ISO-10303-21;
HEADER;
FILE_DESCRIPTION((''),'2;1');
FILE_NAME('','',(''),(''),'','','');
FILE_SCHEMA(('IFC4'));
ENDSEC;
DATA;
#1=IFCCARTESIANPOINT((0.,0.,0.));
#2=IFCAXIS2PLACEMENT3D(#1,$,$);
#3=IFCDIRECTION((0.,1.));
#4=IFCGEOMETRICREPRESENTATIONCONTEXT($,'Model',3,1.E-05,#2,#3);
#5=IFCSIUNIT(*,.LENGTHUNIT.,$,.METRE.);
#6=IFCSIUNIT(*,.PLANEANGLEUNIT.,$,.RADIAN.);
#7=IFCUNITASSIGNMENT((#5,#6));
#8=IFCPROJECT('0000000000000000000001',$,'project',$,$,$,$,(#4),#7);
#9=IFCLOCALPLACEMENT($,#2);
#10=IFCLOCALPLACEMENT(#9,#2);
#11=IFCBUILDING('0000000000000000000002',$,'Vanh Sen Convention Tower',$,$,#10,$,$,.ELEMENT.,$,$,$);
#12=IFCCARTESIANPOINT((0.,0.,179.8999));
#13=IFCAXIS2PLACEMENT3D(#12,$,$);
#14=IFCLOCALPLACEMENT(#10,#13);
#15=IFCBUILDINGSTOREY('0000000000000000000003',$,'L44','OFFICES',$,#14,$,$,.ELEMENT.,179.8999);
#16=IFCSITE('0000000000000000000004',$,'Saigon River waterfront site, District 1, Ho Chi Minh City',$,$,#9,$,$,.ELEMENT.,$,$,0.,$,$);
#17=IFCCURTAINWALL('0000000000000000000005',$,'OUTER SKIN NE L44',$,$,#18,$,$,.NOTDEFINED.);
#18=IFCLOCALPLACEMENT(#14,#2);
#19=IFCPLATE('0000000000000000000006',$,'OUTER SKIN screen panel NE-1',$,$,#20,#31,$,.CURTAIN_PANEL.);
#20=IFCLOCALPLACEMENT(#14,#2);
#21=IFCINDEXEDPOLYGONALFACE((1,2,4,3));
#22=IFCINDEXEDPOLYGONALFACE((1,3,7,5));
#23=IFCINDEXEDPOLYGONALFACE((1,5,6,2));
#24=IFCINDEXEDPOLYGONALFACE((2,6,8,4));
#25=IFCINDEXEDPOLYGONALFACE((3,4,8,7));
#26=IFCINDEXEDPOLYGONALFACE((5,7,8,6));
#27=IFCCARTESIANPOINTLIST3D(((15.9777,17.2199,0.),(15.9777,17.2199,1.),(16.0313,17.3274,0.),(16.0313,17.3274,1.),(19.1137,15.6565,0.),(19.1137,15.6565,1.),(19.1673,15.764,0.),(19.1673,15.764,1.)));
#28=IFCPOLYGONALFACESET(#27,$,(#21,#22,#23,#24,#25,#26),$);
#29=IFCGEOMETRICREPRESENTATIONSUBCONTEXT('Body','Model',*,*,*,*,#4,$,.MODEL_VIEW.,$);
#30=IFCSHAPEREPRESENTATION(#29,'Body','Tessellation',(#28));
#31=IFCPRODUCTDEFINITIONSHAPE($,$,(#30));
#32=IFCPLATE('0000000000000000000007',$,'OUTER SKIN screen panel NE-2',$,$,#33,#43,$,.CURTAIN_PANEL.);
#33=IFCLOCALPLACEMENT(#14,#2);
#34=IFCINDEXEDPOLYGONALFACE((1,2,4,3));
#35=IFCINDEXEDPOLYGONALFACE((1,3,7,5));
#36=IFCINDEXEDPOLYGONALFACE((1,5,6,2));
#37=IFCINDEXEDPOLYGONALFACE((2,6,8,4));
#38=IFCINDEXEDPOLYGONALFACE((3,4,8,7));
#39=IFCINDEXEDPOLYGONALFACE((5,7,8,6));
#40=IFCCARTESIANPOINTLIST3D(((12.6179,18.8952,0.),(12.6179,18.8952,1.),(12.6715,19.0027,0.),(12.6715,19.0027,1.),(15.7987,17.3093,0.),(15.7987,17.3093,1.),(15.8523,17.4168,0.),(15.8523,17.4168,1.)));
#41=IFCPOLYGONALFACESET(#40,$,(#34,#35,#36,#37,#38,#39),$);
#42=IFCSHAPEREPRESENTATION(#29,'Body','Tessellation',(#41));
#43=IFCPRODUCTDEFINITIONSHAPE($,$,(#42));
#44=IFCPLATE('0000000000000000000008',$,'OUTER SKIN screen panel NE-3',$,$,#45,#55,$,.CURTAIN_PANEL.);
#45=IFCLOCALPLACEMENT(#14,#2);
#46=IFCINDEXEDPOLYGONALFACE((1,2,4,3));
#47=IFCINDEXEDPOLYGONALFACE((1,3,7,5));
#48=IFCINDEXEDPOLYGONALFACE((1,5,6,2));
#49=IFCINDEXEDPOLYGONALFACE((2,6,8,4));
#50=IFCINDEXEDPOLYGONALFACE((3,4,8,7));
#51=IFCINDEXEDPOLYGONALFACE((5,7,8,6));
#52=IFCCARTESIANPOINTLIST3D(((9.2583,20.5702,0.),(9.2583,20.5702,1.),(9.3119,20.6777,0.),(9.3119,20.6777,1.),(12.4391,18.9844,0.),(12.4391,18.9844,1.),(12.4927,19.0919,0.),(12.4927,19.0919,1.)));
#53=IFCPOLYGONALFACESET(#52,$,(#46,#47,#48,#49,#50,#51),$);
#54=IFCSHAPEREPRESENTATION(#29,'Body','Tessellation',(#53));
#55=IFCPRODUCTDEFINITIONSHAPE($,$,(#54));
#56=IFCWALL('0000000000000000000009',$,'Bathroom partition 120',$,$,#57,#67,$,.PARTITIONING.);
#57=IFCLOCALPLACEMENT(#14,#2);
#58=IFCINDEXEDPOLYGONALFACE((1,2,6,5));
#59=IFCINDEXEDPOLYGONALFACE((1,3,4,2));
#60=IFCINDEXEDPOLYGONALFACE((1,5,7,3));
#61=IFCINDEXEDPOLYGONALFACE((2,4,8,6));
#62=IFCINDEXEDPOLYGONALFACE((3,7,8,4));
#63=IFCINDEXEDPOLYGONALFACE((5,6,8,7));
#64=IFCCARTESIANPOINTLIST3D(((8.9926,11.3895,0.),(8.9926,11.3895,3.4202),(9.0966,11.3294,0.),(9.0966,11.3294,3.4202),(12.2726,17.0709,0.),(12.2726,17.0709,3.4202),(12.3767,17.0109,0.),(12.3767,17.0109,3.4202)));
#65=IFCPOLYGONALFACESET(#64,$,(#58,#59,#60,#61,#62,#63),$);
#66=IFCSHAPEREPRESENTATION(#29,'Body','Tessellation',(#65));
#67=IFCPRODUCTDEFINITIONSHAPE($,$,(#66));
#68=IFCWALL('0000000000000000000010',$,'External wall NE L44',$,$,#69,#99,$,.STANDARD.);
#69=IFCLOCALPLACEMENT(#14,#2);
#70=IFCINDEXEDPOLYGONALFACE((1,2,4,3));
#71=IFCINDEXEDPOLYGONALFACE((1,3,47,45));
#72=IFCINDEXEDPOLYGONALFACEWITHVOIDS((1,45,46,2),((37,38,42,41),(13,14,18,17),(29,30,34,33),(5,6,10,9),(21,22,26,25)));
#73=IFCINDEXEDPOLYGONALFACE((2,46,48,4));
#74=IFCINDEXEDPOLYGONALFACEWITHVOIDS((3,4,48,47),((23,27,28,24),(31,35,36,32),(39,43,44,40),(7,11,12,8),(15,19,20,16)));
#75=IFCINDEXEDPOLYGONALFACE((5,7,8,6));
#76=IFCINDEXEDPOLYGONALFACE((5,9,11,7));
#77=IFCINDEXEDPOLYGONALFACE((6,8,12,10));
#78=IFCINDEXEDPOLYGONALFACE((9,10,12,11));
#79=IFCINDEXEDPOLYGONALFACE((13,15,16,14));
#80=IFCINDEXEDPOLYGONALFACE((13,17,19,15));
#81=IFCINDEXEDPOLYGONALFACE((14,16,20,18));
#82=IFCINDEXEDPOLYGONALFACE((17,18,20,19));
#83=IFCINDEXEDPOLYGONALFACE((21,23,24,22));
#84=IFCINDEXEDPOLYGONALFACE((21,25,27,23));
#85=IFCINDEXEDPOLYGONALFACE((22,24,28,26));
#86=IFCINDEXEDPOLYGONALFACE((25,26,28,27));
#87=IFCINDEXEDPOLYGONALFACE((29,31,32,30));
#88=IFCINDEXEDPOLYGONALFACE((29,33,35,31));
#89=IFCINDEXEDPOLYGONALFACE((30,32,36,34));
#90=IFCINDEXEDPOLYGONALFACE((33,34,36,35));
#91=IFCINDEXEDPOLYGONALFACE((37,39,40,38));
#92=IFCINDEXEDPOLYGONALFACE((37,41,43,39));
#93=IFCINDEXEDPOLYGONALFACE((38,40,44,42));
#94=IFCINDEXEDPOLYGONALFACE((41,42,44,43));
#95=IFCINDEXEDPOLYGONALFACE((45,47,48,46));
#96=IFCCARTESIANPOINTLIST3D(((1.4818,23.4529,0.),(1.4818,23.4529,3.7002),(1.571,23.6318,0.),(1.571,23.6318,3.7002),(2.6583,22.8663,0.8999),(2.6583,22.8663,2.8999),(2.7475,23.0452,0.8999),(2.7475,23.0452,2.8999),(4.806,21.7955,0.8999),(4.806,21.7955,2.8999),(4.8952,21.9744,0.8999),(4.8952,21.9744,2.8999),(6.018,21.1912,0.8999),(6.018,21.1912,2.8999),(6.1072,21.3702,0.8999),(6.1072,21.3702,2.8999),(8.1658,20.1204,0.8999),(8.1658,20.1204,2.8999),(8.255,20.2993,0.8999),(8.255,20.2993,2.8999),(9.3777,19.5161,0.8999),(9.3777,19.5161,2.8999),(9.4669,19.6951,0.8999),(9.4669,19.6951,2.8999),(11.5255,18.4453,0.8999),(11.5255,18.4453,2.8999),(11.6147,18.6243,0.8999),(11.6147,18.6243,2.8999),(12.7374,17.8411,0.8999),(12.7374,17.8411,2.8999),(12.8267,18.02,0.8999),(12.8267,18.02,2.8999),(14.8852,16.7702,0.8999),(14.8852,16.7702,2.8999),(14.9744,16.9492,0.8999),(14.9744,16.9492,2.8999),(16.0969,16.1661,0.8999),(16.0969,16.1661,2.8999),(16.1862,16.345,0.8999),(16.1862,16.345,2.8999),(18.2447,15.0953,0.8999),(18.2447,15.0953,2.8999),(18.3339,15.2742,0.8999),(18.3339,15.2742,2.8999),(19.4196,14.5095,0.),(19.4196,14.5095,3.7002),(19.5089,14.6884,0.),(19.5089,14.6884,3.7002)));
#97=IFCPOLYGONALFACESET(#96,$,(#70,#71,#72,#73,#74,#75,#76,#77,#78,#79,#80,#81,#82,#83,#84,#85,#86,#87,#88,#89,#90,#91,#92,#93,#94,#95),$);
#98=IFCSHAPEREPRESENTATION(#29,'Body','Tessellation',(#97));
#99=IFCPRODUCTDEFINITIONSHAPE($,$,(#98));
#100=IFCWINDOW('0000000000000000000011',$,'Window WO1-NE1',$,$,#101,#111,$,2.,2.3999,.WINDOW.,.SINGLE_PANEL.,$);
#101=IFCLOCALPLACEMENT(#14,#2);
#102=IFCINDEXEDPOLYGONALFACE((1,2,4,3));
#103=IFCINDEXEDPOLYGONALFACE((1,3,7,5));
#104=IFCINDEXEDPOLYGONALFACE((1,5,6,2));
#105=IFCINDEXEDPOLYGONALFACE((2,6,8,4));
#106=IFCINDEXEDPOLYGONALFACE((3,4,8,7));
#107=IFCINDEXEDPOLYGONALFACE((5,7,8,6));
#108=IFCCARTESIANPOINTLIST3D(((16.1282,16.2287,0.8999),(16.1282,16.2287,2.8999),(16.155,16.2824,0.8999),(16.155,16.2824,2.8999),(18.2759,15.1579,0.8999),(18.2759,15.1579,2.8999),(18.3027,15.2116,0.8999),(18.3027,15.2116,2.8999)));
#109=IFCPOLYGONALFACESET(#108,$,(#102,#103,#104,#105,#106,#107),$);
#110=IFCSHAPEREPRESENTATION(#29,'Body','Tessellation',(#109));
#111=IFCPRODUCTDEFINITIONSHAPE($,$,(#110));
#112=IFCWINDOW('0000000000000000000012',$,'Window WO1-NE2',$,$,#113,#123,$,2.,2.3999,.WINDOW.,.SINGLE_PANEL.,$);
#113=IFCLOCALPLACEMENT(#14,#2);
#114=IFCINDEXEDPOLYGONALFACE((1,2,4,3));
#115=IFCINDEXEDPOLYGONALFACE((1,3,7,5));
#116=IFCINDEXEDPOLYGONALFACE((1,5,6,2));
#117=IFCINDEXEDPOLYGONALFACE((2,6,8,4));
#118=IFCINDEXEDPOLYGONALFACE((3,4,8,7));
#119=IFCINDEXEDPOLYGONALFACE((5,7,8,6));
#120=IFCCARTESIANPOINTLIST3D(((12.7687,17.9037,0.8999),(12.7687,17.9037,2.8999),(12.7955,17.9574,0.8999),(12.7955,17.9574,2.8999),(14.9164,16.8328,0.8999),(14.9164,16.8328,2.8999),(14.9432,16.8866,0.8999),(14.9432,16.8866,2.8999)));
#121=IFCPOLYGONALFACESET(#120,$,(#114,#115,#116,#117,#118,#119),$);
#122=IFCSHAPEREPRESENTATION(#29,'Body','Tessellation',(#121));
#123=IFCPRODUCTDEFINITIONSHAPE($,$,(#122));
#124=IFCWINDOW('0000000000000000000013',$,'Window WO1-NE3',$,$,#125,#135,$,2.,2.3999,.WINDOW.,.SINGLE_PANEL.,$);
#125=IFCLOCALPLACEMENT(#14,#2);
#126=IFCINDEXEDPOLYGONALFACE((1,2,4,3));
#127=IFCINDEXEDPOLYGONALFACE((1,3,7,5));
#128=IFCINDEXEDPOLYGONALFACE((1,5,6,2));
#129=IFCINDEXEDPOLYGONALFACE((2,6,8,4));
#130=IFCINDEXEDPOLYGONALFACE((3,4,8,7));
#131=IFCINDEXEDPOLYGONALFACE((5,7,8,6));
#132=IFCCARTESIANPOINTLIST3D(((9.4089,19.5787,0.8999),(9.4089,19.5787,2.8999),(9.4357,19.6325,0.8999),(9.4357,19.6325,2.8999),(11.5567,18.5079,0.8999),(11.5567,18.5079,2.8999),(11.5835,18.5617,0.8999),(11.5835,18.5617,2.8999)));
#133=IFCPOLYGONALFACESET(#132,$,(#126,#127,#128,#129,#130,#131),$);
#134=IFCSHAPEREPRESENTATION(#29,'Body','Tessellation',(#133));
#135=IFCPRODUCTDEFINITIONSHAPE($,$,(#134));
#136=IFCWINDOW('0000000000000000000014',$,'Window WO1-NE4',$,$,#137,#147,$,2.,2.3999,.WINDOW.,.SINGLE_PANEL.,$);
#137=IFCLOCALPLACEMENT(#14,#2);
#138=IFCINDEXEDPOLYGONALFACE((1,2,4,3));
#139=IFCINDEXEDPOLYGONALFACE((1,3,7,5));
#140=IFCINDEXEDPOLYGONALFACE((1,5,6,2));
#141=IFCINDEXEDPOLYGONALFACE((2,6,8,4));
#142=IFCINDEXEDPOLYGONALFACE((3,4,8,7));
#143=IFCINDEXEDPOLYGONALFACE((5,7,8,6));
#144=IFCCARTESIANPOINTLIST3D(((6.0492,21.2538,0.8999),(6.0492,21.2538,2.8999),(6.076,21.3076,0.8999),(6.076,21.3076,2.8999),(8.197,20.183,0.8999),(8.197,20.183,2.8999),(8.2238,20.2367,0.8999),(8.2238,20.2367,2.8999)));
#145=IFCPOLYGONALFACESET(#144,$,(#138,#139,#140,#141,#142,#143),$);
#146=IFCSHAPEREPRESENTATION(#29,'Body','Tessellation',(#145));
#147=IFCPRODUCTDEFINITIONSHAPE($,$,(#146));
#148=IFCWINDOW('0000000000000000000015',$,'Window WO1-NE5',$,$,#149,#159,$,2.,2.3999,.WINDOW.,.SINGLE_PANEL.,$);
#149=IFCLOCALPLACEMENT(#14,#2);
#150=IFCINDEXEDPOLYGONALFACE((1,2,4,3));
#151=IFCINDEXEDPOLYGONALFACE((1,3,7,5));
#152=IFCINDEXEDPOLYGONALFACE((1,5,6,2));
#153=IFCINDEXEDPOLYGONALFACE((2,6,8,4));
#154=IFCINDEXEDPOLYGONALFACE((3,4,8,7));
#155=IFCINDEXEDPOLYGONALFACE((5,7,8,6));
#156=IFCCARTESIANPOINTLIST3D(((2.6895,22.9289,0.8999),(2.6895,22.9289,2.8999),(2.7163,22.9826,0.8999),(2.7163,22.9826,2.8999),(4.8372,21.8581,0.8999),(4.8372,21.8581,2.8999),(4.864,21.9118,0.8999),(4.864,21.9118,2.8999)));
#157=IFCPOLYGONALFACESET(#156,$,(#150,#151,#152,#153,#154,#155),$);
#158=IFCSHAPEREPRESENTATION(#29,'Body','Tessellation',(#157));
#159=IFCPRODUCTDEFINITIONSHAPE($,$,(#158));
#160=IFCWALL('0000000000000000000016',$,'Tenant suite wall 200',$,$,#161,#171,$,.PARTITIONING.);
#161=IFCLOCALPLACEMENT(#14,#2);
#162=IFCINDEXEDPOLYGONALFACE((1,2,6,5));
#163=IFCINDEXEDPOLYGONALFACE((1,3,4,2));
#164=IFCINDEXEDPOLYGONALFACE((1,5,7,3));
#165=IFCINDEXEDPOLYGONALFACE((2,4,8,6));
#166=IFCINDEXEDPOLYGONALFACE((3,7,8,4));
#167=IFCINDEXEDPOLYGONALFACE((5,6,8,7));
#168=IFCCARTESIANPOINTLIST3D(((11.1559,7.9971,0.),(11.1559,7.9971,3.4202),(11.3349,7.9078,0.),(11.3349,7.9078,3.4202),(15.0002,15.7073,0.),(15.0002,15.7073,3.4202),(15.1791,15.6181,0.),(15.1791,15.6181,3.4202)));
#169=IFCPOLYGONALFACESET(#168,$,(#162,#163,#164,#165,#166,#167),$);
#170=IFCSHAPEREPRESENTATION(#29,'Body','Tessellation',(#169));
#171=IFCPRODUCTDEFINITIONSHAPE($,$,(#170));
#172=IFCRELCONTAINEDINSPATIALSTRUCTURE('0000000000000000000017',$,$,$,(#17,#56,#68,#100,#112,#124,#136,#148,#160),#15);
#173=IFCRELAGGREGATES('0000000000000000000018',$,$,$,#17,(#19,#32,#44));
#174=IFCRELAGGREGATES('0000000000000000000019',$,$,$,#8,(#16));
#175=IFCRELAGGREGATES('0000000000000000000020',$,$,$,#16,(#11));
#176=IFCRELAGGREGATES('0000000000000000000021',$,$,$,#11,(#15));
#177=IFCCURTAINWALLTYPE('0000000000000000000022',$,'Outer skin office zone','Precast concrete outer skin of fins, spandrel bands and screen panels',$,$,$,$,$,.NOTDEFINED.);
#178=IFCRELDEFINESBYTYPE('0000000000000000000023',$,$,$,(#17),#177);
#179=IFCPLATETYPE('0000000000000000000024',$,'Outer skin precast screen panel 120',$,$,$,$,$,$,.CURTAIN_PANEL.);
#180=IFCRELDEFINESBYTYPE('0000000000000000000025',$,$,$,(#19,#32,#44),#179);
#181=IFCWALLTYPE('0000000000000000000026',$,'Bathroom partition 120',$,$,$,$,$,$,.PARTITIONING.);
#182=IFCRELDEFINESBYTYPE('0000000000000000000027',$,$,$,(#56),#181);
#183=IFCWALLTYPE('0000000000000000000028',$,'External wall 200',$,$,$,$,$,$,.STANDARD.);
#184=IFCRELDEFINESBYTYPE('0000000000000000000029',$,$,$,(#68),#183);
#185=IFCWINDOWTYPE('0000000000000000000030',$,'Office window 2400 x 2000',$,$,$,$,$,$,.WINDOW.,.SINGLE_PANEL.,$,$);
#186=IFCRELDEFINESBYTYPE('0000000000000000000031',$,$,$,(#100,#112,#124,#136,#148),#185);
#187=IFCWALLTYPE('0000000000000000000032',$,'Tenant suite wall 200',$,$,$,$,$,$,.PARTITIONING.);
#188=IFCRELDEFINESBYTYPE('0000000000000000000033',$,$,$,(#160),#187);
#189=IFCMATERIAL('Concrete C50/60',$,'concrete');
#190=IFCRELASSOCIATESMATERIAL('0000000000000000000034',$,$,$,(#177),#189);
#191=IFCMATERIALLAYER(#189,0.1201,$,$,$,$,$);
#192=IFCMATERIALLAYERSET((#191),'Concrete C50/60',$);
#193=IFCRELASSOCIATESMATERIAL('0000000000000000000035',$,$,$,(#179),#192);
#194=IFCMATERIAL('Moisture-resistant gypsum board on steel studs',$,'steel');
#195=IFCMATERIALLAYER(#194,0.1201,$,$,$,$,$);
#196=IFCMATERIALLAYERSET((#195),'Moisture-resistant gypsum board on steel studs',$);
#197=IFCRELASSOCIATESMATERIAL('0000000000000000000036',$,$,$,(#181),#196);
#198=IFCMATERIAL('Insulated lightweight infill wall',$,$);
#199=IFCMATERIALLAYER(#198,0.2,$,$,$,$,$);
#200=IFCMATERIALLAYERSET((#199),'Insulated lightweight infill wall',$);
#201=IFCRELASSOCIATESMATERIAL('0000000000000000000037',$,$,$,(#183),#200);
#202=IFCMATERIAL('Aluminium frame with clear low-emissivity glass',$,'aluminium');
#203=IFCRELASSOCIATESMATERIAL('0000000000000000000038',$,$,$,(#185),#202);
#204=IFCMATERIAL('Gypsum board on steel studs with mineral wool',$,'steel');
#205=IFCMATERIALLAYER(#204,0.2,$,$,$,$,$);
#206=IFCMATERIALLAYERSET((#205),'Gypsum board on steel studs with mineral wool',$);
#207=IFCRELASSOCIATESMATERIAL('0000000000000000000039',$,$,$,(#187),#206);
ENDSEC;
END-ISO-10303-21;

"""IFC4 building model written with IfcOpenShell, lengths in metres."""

from ifc_helpers import new_model, si_unit, direction, frame, frame_2d, origin, origin_2d, place, context, subcontext, project, spatial, rectangle, extrude, material, layer, layer_set, type_object, element, fill, aggregate, save


model = new_model("IFC4")

# Units and contexts
model_context = context("Model", 3, precision=1e-05, world=origin(), true_north=direction((0.0, 1.0)))
body_context = subcontext(model_context, "Body", "Model", "MODEL_VIEW")
ifc_project = project(units=[si_unit("LENGTHUNIT", "METRE"), si_unit("PLANEANGLEUNIT", "RADIAN")], contexts=[model_context])

# Site, building, storey
site_placement = place(None, origin())
site = spatial("IfcSite", under=ifc_project, at=site_placement, Name="Saigon River waterfront site, District 1, Ho Chi Minh City", CompositionType="ELEMENT", RefElevation=0.0)
building_placement = place(site_placement, origin())
building = spatial("IfcBuilding", under=site, at=building_placement, Name="Vanh Sen Convention Tower", CompositionType="ELEMENT")
storey_placement = place(building_placement, frame((0.0, 0.0, 179.8999)))
storey = spatial("IfcBuildingStorey", under=building, at=storey_placement, Name="L44", Description="OFFICES", CompositionType="ELEMENT", Elevation=179.8999)

# Curtain wall
ifc_material_1 = material(Name="Concrete C50/60", Category="concrete")
curtain_wall_type = type_object("IfcCurtainWallType", Name="Outer skin office zone", Description="Precast concrete outer skin of fins, spandrel bands and screen panels", PredefinedType="NOTDEFINED", material=ifc_material_1)
curtain_wall_1_placement = place(storey_placement, origin())
curtain_wall_1 = element("IfcCurtainWall", 1, at=curtain_wall_1_placement, inside=storey, type_object=curtain_wall_type, Name="OUTER SKIN NE L44", PredefinedType="NOTDEFINED")

# Shared definitions
ifc_layer_1 = layer(ifc_material_1, 0.1201)
ifc_layer_set_1 = layer_set([ifc_layer_1], Name="Concrete C50/60")
plate_type = type_object("IfcPlateType", Name="Outer skin precast screen panel 120", PredefinedType="CURTAIN_PANEL", material=ifc_layer_set_1)

# Plates
plate_1_placement = place(storey_placement, frame((17.5725, 16.4919, 0.0), z_axis=(0.0, 0.0, 1.0), x_axis=(-0.894944, 0.446179, 0.0)))
plate_1 = element("IfcPlate", 2, at=plate_1_placement, type_object=plate_type, Name="OUTER SKIN screen panel NE-1", PredefinedType="CURTAIN_PANEL", context=body_context, shape_type="SweptSolid", body=[
    extrude(rectangle(XDim=3.5042, YDim=0.1201, at=origin_2d()), origin(), (0.0, 0.0, 1.0), 1.0),
])
plate_2_placement = place(storey_placement, frame((14.2351, 18.156, 0.0), z_axis=(0.0, 0.0, 1.0), x_axis=(-0.894933, 0.446201, 0.0)))
plate_2 = element("IfcPlate", 3, at=plate_2_placement, type_object=plate_type, Name="OUTER SKIN screen panel NE-2", PredefinedType="CURTAIN_PANEL", context=body_context, shape_type="SweptSolid", body=[
    extrude(rectangle(XDim=3.5542, YDim=0.1201, at=origin_2d()), origin(), (0.0, 0.0, 1.0), 1.0),
])
plate_3_placement = place(storey_placement, frame((10.8755, 19.8311, 0.0), z_axis=(0.0, 0.0, 1.0), x_axis=(-0.894933, 0.446201, 0.0)))
plate_3 = element("IfcPlate", 4, at=plate_3_placement, type_object=plate_type, Name="OUTER SKIN screen panel NE-3", PredefinedType="CURTAIN_PANEL", context=body_context, shape_type="SweptSolid", body=[
    extrude(rectangle(XDim=3.5542, YDim=0.1201, at=origin_2d()), origin(), (0.0, 0.0, 1.0), 1.0),
])
aggregate(curtain_wall_1, [plate_1, plate_2, plate_3])

# Wall
ifc_material_2 = material(Name="Moisture-resistant gypsum board on steel studs", Category="steel")
ifc_layer_2 = layer(ifc_material_2, 0.1201)
ifc_layer_set_2 = layer_set([ifc_layer_2], Name="Moisture-resistant gypsum board on steel studs")
wall_type_1 = type_object("IfcWallType", Name="Bathroom partition 120", PredefinedType="PARTITIONING", material=ifc_layer_set_2)
wall_1_placement = place(storey_placement, frame((12.3247, 17.041, 0.0), z_axis=(0.0, 0.0, 1.0), x_axis=(-0.499986, -0.866034, 0.0)))
element("IfcWall", 5, at=wall_1_placement, inside=storey, type_object=wall_type_1, Name="Bathroom partition 120", PredefinedType="PARTITIONING", context=body_context, shape_type="SweptSolid", body=[
    extrude(rectangle(XDim=6.5603, YDim=0.1201, at=frame_2d((3.2803, 0.0))), origin(), (0.0, 0.0, 1.0), 3.4202),
])

# Wall, openings, windows
ifc_material_3 = material(Name="Insulated lightweight infill wall")
ifc_layer_3 = layer(ifc_material_3, 0.2)
ifc_layer_set_3 = layer_set([ifc_layer_3], Name="Insulated lightweight infill wall")
wall_type_2 = type_object("IfcWallType", Name="External wall 200", PredefinedType="STANDARD", material=ifc_layer_set_3)
wall_2_placement = place(storey_placement, frame((19.4644, 14.5989, 0.0), z_axis=(0.0, 0.0, 1.0), x_axis=(-0.894936, 0.446195, 0.0)))
wall_2 = element("IfcWall", 6, at=wall_2_placement, inside=storey, type_object=wall_type_2, Name="External wall NE L44", PredefinedType="STANDARD", context=body_context, shape_type="SweptSolid", body=[
    extrude(rectangle(XDim=20.0437, YDim=0.2, at=frame_2d((10.022, 0.0))), origin(), (0.0, 0.0, 1.0), 3.7002),
])
opening_1_placement = place(wall_2_placement, frame((1.313, 0.0, 0.8999)))
opening_1 = element("IfcOpeningElement", 7, at=opening_1_placement, cuts=wall_2, PredefinedType="OPENING", context=body_context, shape_type="SweptSolid", body=[
    extrude(rectangle(XDim=2.3999, YDim=2.0, at=frame_2d((1.2, 1.0))), frame((0.0, 0.1099, 0.0), z_axis=(0.0, -1.0, 0.0), x_axis=(1.0, 0.0, 0.0)), (0.0, 0.0, 1.0), 0.22),
])
opening_2_placement = place(wall_2_placement, frame((5.0669, 0.0, 0.8999)))
opening_2 = element("IfcOpeningElement", 8, at=opening_2_placement, cuts=wall_2, PredefinedType="OPENING", context=body_context, shape_type="SweptSolid", body=[
    extrude(rectangle(XDim=2.3999, YDim=2.0, at=frame_2d((1.2, 1.0))), frame((0.0, 0.1099, 0.0), z_axis=(0.0, -1.0, 0.0), x_axis=(1.0, 0.0, 0.0)), (0.0, 0.0, 1.0), 0.22),
])
opening_3_placement = place(wall_2_placement, frame((8.821, 0.0, 0.8999)))
opening_3 = element("IfcOpeningElement", 9, at=opening_3_placement, cuts=wall_2, PredefinedType="OPENING", context=body_context, shape_type="SweptSolid", body=[
    extrude(rectangle(XDim=2.3999, YDim=2.0, at=frame_2d((1.2, 1.0))), frame((0.0, 0.1099, 0.0), z_axis=(0.0, -1.0, 0.0), x_axis=(1.0, 0.0, 0.0)), (0.0, 0.0, 1.0), 0.22),
])
opening_4_placement = place(wall_2_placement, frame((12.5752, 0.0, 0.8999)))
opening_4 = element("IfcOpeningElement", 10, at=opening_4_placement, cuts=wall_2, PredefinedType="OPENING", context=body_context, shape_type="SweptSolid", body=[
    extrude(rectangle(XDim=2.3999, YDim=2.0, at=frame_2d((1.2, 1.0))), frame((0.0, 0.1099, 0.0), z_axis=(0.0, -1.0, 0.0), x_axis=(1.0, 0.0, 0.0)), (0.0, 0.0, 1.0), 0.22),
])
opening_5_placement = place(wall_2_placement, frame((16.3293, 0.0, 0.8999)))
opening_5 = element("IfcOpeningElement", 11, at=opening_5_placement, cuts=wall_2, PredefinedType="OPENING", context=body_context, shape_type="SweptSolid", body=[
    extrude(rectangle(XDim=2.3999, YDim=2.0, at=frame_2d((1.2, 1.0))), frame((0.0, 0.1099, 0.0), z_axis=(0.0, -1.0, 0.0), x_axis=(1.0, 0.0, 0.0)), (0.0, 0.0, 1.0), 0.22),
])
ifc_material_4 = material(Name="Aluminium frame with clear low-emissivity glass", Category="aluminium")
window_type = type_object("IfcWindowType", Name="Office window 2400 x 2000", PartitioningType="SINGLE_PANEL", PredefinedType="WINDOW", material=ifc_material_4)
window_1_placement = place(opening_1_placement, origin())
window_1 = element("IfcWindow", 12, at=window_1_placement, inside=storey, type_object=window_type, Name="Window WO1-NE1", OverallHeight=2.0, OverallWidth=2.3999, PartitioningType="SINGLE_PANEL", PredefinedType="WINDOW", context=body_context, shape_type="SweptSolid", body=[
    extrude(rectangle(XDim=2.3999, YDim=2.0, at=frame_2d((1.2, 1.0))), frame((0.0, 0.03, 0.0), z_axis=(0.0, -1.0, 0.0), x_axis=(1.0, 0.0, 0.0)), (0.0, 0.0, 1.0), 0.0601),
])
fill(opening_1, window_1)
window_2_placement = place(opening_2_placement, origin())
window_2 = element("IfcWindow", 13, at=window_2_placement, inside=storey, type_object=window_type, Name="Window WO1-NE2", OverallHeight=2.0, OverallWidth=2.3999, PartitioningType="SINGLE_PANEL", PredefinedType="WINDOW", context=body_context, shape_type="SweptSolid", body=[
    extrude(rectangle(XDim=2.3999, YDim=2.0, at=frame_2d((1.2, 1.0))), frame((0.0, 0.03, 0.0), z_axis=(0.0, -1.0, 0.0), x_axis=(1.0, 0.0, 0.0)), (0.0, 0.0, 1.0), 0.0601),
])
fill(opening_2, window_2)
window_3_placement = place(opening_3_placement, origin())
window_3 = element("IfcWindow", 14, at=window_3_placement, inside=storey, type_object=window_type, Name="Window WO1-NE3", OverallHeight=2.0, OverallWidth=2.3999, PartitioningType="SINGLE_PANEL", PredefinedType="WINDOW", context=body_context, shape_type="SweptSolid", body=[
    extrude(rectangle(XDim=2.3999, YDim=2.0, at=frame_2d((1.2, 1.0))), frame((0.0, 0.03, 0.0), z_axis=(0.0, -1.0, 0.0), x_axis=(1.0, 0.0, 0.0)), (0.0, 0.0, 1.0), 0.0601),
])
fill(opening_3, window_3)
window_4_placement = place(opening_4_placement, origin())
window_4 = element("IfcWindow", 15, at=window_4_placement, inside=storey, type_object=window_type, Name="Window WO1-NE4", OverallHeight=2.0, OverallWidth=2.3999, PartitioningType="SINGLE_PANEL", PredefinedType="WINDOW", context=body_context, shape_type="SweptSolid", body=[
    extrude(rectangle(XDim=2.3999, YDim=2.0, at=frame_2d((1.2, 1.0))), frame((0.0, 0.03, 0.0), z_axis=(0.0, -1.0, 0.0), x_axis=(1.0, 0.0, 0.0)), (0.0, 0.0, 1.0), 0.0601),
])
fill(opening_4, window_4)
window_5_placement = place(opening_5_placement, origin())
window_5 = element("IfcWindow", 16, at=window_5_placement, inside=storey, type_object=window_type, Name="Window WO1-NE5", OverallHeight=2.0, OverallWidth=2.3999, PartitioningType="SINGLE_PANEL", PredefinedType="WINDOW", context=body_context, shape_type="SweptSolid", body=[
    extrude(rectangle(XDim=2.3999, YDim=2.0, at=frame_2d((1.2, 1.0))), frame((0.0, 0.03, 0.0), z_axis=(0.0, -1.0, 0.0), x_axis=(1.0, 0.0, 0.0)), (0.0, 0.0, 1.0), 0.0601),
])
fill(opening_5, window_5)

# Wall
ifc_material_5 = material(Name="Gypsum board on steel studs with mineral wool", Category="steel")
ifc_layer_4 = layer(ifc_material_5, 0.2)
ifc_layer_set_4 = layer_set([ifc_layer_4], Name="Gypsum board on steel studs with mineral wool")
wall_type_3 = type_object("IfcWallType", Name="Tenant suite wall 200", PredefinedType="PARTITIONING", material=ifc_layer_set_4)
wall_3_placement = place(storey_placement, frame((15.0896, 15.6626, 0.0), z_axis=(0.0, 0.0, 1.0), x_axis=(-0.446204, -0.894931, 0.0)))
element("IfcWall", 17, at=wall_3_placement, inside=storey, type_object=wall_type_3, Name="Tenant suite wall 200", PredefinedType="PARTITIONING", context=body_context, shape_type="SweptSolid", body=[
    extrude(rectangle(XDim=8.6155, YDim=0.2, at=frame_2d((4.3076, 0.0))), origin(), (0.0, 0.0, 1.0), 3.4202),
])

save(model, "model.ifc")
